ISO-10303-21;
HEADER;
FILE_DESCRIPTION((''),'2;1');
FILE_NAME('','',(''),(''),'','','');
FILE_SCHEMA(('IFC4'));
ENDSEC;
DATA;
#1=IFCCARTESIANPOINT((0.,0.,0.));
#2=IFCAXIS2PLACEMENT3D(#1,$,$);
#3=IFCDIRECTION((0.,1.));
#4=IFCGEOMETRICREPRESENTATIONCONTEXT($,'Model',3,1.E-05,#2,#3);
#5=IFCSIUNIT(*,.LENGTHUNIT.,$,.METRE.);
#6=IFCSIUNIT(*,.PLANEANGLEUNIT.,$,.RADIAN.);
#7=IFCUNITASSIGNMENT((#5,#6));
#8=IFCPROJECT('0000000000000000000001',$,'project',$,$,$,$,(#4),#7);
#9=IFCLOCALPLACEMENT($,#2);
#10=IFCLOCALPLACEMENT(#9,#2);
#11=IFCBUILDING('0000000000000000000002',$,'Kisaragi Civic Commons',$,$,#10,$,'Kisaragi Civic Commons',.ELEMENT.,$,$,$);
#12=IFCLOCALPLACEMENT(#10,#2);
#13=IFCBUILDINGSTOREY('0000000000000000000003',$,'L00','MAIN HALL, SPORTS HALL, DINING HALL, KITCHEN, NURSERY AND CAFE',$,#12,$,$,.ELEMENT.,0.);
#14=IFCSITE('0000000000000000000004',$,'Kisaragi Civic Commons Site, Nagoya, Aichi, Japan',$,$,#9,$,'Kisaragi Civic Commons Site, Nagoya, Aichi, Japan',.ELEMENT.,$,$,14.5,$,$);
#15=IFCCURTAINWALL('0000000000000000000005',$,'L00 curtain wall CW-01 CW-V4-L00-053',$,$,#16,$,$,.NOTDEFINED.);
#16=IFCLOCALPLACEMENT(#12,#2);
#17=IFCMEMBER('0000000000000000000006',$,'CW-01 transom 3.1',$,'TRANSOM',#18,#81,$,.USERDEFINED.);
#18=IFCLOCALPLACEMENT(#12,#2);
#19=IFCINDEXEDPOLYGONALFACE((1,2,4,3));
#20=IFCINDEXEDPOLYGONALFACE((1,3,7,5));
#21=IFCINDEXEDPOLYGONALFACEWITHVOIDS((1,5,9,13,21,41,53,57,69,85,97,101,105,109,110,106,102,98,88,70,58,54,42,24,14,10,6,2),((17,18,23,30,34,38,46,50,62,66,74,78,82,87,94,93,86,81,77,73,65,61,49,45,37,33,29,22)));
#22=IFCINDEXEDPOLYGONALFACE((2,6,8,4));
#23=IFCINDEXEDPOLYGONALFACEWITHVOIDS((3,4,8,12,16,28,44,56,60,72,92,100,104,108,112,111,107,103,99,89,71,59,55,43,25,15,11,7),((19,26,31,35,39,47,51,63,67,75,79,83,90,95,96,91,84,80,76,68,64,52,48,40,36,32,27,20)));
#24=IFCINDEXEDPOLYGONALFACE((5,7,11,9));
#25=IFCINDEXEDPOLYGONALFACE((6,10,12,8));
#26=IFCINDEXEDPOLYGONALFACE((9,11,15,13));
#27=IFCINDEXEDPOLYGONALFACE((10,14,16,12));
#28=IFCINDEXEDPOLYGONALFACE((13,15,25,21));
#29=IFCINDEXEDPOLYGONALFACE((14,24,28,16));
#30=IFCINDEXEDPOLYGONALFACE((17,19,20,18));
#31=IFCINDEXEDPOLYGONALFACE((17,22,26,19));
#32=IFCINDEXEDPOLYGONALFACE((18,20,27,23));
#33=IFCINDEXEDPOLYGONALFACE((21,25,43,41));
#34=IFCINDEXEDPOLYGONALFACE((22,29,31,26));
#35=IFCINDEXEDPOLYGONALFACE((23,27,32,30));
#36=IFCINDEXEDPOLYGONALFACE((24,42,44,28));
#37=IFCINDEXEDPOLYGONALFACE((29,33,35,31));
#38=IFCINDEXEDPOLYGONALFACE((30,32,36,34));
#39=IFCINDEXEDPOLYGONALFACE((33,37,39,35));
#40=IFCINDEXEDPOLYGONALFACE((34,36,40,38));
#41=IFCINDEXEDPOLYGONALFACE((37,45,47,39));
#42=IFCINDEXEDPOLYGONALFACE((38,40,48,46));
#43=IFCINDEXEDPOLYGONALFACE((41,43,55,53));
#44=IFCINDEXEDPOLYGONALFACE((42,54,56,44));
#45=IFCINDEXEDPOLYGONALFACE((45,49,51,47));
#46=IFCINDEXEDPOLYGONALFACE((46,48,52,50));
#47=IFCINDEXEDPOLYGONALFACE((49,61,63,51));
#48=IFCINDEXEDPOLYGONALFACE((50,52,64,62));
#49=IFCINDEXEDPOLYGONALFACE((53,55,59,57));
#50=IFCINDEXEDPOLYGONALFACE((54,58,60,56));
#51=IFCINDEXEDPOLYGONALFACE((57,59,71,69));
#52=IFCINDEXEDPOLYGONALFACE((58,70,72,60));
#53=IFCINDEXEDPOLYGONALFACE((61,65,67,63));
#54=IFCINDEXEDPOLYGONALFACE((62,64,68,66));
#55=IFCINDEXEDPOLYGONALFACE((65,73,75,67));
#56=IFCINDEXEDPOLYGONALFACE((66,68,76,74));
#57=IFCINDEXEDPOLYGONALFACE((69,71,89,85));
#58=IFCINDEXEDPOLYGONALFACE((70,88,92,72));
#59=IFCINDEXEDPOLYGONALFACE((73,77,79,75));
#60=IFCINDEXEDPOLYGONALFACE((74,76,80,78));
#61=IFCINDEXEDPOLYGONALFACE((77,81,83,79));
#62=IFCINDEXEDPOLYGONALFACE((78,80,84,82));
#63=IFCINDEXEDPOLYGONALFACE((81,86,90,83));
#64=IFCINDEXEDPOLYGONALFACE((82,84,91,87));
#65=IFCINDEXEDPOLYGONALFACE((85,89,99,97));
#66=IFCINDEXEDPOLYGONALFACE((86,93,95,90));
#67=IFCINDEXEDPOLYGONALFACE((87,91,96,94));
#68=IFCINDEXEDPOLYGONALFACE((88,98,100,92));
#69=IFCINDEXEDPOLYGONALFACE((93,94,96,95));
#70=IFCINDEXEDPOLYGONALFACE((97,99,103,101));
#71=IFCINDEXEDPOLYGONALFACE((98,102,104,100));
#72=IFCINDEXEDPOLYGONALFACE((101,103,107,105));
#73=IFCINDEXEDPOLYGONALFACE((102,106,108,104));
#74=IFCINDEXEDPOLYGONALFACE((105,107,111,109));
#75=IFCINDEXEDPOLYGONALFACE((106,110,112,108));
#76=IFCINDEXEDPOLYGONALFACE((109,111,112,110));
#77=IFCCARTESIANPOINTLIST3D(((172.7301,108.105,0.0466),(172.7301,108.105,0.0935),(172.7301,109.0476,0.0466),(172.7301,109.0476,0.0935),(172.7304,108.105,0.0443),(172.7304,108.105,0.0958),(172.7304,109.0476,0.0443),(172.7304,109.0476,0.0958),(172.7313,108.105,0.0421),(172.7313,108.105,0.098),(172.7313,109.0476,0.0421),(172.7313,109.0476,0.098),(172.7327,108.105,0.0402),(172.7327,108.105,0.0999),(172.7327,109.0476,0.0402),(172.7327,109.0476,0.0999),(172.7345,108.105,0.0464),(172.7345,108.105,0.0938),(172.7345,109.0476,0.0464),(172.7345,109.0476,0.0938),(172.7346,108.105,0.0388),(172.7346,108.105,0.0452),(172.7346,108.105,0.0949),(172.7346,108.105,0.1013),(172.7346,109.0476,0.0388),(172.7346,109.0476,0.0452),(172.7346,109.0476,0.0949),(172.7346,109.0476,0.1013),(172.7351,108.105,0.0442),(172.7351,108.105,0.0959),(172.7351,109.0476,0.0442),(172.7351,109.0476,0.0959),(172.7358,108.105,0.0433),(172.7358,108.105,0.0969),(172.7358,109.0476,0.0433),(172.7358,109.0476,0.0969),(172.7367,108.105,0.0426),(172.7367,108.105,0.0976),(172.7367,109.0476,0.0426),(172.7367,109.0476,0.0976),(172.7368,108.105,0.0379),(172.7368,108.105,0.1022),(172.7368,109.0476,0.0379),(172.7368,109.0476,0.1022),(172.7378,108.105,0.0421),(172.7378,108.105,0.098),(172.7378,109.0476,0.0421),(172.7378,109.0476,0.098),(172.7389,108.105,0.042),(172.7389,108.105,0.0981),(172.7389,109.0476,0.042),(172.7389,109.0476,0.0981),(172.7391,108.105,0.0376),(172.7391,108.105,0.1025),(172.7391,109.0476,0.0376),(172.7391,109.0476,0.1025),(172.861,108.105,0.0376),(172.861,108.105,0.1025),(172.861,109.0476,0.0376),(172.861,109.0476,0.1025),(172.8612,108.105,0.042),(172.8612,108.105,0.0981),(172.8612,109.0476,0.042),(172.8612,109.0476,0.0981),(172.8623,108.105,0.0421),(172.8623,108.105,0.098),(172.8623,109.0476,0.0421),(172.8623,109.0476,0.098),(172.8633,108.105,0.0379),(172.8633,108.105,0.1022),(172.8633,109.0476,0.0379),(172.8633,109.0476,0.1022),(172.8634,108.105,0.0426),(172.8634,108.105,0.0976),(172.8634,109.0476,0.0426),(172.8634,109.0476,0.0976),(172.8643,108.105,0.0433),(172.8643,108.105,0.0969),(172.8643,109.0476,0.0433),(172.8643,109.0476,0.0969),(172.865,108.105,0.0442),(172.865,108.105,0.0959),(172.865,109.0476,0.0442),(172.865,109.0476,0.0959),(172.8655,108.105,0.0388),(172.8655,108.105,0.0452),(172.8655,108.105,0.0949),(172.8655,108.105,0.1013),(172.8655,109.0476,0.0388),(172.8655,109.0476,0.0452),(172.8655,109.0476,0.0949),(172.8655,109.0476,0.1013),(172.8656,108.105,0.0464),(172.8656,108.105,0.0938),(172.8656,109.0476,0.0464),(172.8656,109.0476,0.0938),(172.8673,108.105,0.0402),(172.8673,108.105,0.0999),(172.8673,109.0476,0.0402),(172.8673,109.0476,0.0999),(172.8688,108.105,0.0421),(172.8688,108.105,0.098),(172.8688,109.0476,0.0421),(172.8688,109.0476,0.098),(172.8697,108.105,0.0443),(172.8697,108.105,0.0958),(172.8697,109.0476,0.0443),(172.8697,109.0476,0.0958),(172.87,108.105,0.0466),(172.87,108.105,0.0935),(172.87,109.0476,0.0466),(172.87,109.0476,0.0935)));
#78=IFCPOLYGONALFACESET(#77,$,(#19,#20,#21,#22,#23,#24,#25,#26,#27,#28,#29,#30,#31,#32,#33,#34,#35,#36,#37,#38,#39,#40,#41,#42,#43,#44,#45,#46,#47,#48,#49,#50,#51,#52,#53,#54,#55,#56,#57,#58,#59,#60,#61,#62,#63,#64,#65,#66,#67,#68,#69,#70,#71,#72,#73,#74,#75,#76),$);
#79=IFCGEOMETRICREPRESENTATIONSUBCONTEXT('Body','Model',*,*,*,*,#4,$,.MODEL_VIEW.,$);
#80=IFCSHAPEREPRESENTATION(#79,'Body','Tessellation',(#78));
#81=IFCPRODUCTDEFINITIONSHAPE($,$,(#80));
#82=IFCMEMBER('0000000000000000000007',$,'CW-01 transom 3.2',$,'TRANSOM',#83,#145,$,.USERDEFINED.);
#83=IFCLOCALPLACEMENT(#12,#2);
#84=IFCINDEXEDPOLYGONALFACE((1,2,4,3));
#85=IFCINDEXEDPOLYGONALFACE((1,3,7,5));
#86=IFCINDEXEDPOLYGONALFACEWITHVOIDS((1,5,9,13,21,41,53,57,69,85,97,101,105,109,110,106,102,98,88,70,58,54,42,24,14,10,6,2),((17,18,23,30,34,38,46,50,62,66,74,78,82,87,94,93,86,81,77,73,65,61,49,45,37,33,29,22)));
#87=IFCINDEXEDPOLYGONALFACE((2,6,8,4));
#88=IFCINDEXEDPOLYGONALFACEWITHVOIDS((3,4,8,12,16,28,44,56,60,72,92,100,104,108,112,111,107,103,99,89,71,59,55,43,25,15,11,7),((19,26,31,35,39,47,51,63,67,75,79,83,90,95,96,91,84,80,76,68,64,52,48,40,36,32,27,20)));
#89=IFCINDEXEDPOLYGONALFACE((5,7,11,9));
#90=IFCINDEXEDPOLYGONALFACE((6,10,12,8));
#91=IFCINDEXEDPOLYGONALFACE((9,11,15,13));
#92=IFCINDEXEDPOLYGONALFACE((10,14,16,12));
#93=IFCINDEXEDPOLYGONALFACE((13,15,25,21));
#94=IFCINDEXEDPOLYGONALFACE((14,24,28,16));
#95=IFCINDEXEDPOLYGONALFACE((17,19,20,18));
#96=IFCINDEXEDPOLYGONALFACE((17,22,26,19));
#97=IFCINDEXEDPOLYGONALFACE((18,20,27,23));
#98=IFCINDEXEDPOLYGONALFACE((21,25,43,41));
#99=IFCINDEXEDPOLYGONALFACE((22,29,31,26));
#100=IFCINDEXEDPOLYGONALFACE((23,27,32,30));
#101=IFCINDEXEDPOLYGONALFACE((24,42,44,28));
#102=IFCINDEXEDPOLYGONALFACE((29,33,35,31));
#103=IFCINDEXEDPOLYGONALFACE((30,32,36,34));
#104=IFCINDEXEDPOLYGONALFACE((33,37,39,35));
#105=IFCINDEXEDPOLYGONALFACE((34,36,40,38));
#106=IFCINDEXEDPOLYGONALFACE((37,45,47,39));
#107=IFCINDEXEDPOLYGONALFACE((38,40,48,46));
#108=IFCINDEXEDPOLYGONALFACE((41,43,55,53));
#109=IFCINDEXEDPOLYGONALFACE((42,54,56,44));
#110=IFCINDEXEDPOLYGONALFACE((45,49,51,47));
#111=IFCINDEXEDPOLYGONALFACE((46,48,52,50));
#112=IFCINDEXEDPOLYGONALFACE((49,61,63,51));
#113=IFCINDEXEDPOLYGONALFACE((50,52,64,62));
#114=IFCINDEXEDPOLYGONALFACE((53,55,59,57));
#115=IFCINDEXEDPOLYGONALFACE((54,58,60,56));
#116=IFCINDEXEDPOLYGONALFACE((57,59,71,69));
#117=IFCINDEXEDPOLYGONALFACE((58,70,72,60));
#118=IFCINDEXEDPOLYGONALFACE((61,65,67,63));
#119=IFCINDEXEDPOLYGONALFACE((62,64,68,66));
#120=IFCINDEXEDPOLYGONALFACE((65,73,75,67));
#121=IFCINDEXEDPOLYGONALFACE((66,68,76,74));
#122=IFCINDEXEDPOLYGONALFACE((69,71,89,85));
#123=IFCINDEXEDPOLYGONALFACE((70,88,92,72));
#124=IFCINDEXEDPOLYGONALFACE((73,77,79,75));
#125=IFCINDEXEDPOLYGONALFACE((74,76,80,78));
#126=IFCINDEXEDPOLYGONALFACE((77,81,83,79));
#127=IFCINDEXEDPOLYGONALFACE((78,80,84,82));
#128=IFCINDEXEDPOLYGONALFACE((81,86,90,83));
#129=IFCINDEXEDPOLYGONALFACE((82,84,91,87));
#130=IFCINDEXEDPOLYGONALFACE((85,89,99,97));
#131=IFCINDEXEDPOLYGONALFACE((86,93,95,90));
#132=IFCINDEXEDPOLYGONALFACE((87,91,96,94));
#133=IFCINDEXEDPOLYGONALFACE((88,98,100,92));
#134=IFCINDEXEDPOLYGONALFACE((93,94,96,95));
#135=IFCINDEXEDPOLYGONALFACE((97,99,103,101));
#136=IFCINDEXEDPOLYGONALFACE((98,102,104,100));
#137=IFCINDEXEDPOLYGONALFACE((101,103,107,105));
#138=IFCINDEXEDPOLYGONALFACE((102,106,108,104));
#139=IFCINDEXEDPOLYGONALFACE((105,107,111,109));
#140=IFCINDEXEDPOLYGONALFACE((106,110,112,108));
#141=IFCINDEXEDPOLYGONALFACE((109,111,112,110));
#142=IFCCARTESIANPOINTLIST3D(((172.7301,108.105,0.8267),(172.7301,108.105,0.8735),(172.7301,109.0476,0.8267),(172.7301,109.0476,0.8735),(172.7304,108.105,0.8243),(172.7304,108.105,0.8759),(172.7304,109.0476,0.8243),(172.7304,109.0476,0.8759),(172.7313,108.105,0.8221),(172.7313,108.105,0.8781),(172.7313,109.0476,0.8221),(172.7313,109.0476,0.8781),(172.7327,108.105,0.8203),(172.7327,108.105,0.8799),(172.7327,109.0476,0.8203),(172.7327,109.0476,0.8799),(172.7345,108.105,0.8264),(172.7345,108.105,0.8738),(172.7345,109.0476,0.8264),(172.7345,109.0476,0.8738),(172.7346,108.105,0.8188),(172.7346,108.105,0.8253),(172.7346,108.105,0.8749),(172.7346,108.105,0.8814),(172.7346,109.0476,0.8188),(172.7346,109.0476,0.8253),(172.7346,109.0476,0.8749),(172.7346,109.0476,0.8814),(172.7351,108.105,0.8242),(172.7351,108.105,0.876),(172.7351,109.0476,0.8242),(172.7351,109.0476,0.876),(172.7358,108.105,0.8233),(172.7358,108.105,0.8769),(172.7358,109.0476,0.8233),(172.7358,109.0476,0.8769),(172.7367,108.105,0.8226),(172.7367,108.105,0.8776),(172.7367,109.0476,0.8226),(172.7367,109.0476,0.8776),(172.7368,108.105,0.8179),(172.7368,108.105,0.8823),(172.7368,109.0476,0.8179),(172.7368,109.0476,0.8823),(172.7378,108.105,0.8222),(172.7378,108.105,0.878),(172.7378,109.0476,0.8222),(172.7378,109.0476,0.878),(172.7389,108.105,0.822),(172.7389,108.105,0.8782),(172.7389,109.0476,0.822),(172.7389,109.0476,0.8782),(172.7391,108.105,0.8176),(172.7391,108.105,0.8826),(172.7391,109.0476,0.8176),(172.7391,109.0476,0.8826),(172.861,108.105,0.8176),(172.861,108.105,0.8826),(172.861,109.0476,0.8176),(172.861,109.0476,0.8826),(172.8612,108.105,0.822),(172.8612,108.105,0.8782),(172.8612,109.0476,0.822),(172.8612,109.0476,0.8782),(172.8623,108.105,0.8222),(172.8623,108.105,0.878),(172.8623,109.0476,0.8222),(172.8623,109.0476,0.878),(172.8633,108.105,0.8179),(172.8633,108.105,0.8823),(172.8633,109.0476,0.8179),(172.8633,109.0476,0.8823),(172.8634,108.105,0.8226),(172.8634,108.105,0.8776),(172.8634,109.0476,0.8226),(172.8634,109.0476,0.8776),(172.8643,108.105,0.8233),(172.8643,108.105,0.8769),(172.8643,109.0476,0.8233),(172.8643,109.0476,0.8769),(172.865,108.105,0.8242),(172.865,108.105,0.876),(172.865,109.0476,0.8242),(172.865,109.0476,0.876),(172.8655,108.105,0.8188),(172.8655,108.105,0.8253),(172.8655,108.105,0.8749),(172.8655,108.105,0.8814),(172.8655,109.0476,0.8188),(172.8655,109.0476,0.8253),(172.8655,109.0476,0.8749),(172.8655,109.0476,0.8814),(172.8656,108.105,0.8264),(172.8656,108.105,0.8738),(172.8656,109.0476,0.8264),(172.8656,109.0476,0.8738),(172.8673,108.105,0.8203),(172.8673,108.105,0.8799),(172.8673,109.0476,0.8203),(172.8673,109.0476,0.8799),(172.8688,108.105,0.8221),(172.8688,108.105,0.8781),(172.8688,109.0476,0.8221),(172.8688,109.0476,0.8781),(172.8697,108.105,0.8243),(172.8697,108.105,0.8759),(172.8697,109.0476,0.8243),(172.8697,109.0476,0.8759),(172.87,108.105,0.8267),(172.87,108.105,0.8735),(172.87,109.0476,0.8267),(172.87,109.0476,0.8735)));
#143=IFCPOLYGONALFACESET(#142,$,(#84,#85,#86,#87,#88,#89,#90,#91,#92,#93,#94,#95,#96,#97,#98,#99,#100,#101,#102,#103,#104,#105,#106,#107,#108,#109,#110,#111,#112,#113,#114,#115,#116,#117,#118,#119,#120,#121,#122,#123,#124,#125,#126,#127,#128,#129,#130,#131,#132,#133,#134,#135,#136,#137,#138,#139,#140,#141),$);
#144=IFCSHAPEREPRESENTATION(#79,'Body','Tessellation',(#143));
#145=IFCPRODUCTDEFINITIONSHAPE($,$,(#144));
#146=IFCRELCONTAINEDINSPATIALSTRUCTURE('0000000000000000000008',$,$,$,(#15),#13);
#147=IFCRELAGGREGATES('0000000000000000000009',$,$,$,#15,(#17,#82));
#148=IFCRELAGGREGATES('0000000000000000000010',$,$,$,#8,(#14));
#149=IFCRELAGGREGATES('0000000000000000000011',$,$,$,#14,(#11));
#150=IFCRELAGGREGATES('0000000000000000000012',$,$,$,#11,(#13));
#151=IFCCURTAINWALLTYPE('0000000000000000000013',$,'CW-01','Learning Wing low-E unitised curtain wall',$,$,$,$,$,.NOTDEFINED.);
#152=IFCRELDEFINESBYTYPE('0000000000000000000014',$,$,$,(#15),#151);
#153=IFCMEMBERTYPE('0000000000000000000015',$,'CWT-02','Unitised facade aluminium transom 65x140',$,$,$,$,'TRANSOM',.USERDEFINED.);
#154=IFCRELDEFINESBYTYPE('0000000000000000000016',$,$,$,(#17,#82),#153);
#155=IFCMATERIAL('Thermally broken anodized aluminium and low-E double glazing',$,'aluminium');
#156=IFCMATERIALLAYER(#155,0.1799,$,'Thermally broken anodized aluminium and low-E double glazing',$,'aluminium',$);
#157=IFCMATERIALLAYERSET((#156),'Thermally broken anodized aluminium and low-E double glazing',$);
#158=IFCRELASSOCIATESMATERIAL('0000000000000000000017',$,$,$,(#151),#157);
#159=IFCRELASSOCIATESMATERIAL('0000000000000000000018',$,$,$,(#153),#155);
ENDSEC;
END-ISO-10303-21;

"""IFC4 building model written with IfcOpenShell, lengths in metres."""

from ifc_helpers import new_model, si_unit, direction, frame, origin, origin_2d, place, context, subcontext, project, spatial, hollow_rectangle, extrude, material, layer, layer_set, material_profile, profile_set, type_object, element, aggregate, save


model = new_model("IFC4")

# Units and contexts
model_context = context("Model", 3, precision=1e-05, world=origin(), true_north=direction((0.0, 1.0)))
body_context = subcontext(model_context, "Body", "Model", "MODEL_VIEW")
ifc_project = project(units=[si_unit("LENGTHUNIT", "METRE"), si_unit("PLANEANGLEUNIT", "RADIAN")], contexts=[model_context])

# Site, building, storey
site_placement = place(None, origin())
site = spatial("IfcSite", under=ifc_project, at=site_placement, Name="Kisaragi Civic Commons Site, Nagoya, Aichi, Japan", LongName="Kisaragi Civic Commons Site, Nagoya, Aichi, Japan", CompositionType="ELEMENT", RefElevation=14.5)
building_placement = place(site_placement, origin())
building = spatial("IfcBuilding", under=site, at=building_placement, Name="Kisaragi Civic Commons", LongName="Kisaragi Civic Commons", CompositionType="ELEMENT")
storey_placement = place(building_placement, origin())
storey = spatial("IfcBuildingStorey", under=building, at=storey_placement, Name="L00", Description="MAIN HALL, SPORTS HALL, DINING HALL, KITCHEN, NURSERY AND CAFE", CompositionType="ELEMENT", Elevation=0.0)

# Shared definitions
ifc_material_1 = material(Name="Thermally broken anodized aluminium and low-E double glazing", Category="aluminium")
ifc_layer_1 = layer(ifc_material_1, 0.1799, Name="Thermally broken anodized aluminium and low-E double glazing", Category="aluminium")
ifc_layer_set_1 = layer_set([ifc_layer_1], Name="Thermally broken anodized aluminium and low-E double glazing")
curtain_wall_type = type_object("IfcCurtainWallType", Name="CW-01", Description="Learning Wing low-E unitised curtain wall", PredefinedType="NOTDEFINED", material=ifc_layer_set_1)

# Curtain wall
curtain_wall_1_placement = place(storey_placement, origin())
curtain_wall_1 = element("IfcCurtainWall", 1, at=curtain_wall_1_placement, inside=storey, type_object=curtain_wall_type, Name="L00 curtain wall CW-01 CW-V4-L00-053", PredefinedType="NOTDEFINED")

# Members
ifc_material_profile_1 = material_profile(ifc_material_1, hollow_rectangle(XDim=0.1399, YDim=0.0649, WallThickness=0.0044, InnerFilletRadius=0.0044, OuterFilletRadius=0.009, at=origin_2d()), Name="CWT-65x140x4.5", Category="aluminium")
ifc_profile_set_1 = profile_set([ifc_material_profile_1], Name="Thermally broken anodized aluminium and low-E double glazing")
member_type_1 = type_object("IfcMemberType", Name="CWT-02", Description="Unitised facade aluminium transom 65x140", ElementType="TRANSOM", PredefinedType="USERDEFINED", material=ifc_profile_set_1)
member_1_placement = place(storey_placement, frame((172.8, 109.0476, 0.0701), z_axis=(0.0, -1.0, 0.0), x_axis=(1.0, 0.0, 0.0)))
member_1 = element("IfcMember", 2, at=member_1_placement, type_object=member_type_1, Name="CW-01 transom 3.1", ObjectType="TRANSOM", PredefinedType="USERDEFINED", context=body_context, shape_type="SweptSolid", body=[
    extrude(hollow_rectangle(XDim=0.1399, YDim=0.0649, WallThickness=0.0044, InnerFilletRadius=0.0044, OuterFilletRadius=0.009, at=origin_2d()), origin(), (0.0, 0.0, 1.0), 0.9426),
])
member_2_placement = place(storey_placement, frame((172.8, 109.0476, 0.8501), z_axis=(0.0, -1.0, 0.0), x_axis=(1.0, 0.0, 0.0)))
member_2 = element("IfcMember", 3, at=member_2_placement, type_object=member_type_1, Name="CW-01 transom 3.2", ObjectType="TRANSOM", PredefinedType="USERDEFINED", context=body_context, shape_type="SweptSolid", body=[
    extrude(hollow_rectangle(XDim=0.1399, YDim=0.0649, WallThickness=0.0044, InnerFilletRadius=0.0044, OuterFilletRadius=0.009, at=origin_2d()), origin(), (0.0, 0.0, 1.0), 0.9426),
])

aggregate(curtain_wall_1, [member_1, member_2])

save(model, "model.ifc")
